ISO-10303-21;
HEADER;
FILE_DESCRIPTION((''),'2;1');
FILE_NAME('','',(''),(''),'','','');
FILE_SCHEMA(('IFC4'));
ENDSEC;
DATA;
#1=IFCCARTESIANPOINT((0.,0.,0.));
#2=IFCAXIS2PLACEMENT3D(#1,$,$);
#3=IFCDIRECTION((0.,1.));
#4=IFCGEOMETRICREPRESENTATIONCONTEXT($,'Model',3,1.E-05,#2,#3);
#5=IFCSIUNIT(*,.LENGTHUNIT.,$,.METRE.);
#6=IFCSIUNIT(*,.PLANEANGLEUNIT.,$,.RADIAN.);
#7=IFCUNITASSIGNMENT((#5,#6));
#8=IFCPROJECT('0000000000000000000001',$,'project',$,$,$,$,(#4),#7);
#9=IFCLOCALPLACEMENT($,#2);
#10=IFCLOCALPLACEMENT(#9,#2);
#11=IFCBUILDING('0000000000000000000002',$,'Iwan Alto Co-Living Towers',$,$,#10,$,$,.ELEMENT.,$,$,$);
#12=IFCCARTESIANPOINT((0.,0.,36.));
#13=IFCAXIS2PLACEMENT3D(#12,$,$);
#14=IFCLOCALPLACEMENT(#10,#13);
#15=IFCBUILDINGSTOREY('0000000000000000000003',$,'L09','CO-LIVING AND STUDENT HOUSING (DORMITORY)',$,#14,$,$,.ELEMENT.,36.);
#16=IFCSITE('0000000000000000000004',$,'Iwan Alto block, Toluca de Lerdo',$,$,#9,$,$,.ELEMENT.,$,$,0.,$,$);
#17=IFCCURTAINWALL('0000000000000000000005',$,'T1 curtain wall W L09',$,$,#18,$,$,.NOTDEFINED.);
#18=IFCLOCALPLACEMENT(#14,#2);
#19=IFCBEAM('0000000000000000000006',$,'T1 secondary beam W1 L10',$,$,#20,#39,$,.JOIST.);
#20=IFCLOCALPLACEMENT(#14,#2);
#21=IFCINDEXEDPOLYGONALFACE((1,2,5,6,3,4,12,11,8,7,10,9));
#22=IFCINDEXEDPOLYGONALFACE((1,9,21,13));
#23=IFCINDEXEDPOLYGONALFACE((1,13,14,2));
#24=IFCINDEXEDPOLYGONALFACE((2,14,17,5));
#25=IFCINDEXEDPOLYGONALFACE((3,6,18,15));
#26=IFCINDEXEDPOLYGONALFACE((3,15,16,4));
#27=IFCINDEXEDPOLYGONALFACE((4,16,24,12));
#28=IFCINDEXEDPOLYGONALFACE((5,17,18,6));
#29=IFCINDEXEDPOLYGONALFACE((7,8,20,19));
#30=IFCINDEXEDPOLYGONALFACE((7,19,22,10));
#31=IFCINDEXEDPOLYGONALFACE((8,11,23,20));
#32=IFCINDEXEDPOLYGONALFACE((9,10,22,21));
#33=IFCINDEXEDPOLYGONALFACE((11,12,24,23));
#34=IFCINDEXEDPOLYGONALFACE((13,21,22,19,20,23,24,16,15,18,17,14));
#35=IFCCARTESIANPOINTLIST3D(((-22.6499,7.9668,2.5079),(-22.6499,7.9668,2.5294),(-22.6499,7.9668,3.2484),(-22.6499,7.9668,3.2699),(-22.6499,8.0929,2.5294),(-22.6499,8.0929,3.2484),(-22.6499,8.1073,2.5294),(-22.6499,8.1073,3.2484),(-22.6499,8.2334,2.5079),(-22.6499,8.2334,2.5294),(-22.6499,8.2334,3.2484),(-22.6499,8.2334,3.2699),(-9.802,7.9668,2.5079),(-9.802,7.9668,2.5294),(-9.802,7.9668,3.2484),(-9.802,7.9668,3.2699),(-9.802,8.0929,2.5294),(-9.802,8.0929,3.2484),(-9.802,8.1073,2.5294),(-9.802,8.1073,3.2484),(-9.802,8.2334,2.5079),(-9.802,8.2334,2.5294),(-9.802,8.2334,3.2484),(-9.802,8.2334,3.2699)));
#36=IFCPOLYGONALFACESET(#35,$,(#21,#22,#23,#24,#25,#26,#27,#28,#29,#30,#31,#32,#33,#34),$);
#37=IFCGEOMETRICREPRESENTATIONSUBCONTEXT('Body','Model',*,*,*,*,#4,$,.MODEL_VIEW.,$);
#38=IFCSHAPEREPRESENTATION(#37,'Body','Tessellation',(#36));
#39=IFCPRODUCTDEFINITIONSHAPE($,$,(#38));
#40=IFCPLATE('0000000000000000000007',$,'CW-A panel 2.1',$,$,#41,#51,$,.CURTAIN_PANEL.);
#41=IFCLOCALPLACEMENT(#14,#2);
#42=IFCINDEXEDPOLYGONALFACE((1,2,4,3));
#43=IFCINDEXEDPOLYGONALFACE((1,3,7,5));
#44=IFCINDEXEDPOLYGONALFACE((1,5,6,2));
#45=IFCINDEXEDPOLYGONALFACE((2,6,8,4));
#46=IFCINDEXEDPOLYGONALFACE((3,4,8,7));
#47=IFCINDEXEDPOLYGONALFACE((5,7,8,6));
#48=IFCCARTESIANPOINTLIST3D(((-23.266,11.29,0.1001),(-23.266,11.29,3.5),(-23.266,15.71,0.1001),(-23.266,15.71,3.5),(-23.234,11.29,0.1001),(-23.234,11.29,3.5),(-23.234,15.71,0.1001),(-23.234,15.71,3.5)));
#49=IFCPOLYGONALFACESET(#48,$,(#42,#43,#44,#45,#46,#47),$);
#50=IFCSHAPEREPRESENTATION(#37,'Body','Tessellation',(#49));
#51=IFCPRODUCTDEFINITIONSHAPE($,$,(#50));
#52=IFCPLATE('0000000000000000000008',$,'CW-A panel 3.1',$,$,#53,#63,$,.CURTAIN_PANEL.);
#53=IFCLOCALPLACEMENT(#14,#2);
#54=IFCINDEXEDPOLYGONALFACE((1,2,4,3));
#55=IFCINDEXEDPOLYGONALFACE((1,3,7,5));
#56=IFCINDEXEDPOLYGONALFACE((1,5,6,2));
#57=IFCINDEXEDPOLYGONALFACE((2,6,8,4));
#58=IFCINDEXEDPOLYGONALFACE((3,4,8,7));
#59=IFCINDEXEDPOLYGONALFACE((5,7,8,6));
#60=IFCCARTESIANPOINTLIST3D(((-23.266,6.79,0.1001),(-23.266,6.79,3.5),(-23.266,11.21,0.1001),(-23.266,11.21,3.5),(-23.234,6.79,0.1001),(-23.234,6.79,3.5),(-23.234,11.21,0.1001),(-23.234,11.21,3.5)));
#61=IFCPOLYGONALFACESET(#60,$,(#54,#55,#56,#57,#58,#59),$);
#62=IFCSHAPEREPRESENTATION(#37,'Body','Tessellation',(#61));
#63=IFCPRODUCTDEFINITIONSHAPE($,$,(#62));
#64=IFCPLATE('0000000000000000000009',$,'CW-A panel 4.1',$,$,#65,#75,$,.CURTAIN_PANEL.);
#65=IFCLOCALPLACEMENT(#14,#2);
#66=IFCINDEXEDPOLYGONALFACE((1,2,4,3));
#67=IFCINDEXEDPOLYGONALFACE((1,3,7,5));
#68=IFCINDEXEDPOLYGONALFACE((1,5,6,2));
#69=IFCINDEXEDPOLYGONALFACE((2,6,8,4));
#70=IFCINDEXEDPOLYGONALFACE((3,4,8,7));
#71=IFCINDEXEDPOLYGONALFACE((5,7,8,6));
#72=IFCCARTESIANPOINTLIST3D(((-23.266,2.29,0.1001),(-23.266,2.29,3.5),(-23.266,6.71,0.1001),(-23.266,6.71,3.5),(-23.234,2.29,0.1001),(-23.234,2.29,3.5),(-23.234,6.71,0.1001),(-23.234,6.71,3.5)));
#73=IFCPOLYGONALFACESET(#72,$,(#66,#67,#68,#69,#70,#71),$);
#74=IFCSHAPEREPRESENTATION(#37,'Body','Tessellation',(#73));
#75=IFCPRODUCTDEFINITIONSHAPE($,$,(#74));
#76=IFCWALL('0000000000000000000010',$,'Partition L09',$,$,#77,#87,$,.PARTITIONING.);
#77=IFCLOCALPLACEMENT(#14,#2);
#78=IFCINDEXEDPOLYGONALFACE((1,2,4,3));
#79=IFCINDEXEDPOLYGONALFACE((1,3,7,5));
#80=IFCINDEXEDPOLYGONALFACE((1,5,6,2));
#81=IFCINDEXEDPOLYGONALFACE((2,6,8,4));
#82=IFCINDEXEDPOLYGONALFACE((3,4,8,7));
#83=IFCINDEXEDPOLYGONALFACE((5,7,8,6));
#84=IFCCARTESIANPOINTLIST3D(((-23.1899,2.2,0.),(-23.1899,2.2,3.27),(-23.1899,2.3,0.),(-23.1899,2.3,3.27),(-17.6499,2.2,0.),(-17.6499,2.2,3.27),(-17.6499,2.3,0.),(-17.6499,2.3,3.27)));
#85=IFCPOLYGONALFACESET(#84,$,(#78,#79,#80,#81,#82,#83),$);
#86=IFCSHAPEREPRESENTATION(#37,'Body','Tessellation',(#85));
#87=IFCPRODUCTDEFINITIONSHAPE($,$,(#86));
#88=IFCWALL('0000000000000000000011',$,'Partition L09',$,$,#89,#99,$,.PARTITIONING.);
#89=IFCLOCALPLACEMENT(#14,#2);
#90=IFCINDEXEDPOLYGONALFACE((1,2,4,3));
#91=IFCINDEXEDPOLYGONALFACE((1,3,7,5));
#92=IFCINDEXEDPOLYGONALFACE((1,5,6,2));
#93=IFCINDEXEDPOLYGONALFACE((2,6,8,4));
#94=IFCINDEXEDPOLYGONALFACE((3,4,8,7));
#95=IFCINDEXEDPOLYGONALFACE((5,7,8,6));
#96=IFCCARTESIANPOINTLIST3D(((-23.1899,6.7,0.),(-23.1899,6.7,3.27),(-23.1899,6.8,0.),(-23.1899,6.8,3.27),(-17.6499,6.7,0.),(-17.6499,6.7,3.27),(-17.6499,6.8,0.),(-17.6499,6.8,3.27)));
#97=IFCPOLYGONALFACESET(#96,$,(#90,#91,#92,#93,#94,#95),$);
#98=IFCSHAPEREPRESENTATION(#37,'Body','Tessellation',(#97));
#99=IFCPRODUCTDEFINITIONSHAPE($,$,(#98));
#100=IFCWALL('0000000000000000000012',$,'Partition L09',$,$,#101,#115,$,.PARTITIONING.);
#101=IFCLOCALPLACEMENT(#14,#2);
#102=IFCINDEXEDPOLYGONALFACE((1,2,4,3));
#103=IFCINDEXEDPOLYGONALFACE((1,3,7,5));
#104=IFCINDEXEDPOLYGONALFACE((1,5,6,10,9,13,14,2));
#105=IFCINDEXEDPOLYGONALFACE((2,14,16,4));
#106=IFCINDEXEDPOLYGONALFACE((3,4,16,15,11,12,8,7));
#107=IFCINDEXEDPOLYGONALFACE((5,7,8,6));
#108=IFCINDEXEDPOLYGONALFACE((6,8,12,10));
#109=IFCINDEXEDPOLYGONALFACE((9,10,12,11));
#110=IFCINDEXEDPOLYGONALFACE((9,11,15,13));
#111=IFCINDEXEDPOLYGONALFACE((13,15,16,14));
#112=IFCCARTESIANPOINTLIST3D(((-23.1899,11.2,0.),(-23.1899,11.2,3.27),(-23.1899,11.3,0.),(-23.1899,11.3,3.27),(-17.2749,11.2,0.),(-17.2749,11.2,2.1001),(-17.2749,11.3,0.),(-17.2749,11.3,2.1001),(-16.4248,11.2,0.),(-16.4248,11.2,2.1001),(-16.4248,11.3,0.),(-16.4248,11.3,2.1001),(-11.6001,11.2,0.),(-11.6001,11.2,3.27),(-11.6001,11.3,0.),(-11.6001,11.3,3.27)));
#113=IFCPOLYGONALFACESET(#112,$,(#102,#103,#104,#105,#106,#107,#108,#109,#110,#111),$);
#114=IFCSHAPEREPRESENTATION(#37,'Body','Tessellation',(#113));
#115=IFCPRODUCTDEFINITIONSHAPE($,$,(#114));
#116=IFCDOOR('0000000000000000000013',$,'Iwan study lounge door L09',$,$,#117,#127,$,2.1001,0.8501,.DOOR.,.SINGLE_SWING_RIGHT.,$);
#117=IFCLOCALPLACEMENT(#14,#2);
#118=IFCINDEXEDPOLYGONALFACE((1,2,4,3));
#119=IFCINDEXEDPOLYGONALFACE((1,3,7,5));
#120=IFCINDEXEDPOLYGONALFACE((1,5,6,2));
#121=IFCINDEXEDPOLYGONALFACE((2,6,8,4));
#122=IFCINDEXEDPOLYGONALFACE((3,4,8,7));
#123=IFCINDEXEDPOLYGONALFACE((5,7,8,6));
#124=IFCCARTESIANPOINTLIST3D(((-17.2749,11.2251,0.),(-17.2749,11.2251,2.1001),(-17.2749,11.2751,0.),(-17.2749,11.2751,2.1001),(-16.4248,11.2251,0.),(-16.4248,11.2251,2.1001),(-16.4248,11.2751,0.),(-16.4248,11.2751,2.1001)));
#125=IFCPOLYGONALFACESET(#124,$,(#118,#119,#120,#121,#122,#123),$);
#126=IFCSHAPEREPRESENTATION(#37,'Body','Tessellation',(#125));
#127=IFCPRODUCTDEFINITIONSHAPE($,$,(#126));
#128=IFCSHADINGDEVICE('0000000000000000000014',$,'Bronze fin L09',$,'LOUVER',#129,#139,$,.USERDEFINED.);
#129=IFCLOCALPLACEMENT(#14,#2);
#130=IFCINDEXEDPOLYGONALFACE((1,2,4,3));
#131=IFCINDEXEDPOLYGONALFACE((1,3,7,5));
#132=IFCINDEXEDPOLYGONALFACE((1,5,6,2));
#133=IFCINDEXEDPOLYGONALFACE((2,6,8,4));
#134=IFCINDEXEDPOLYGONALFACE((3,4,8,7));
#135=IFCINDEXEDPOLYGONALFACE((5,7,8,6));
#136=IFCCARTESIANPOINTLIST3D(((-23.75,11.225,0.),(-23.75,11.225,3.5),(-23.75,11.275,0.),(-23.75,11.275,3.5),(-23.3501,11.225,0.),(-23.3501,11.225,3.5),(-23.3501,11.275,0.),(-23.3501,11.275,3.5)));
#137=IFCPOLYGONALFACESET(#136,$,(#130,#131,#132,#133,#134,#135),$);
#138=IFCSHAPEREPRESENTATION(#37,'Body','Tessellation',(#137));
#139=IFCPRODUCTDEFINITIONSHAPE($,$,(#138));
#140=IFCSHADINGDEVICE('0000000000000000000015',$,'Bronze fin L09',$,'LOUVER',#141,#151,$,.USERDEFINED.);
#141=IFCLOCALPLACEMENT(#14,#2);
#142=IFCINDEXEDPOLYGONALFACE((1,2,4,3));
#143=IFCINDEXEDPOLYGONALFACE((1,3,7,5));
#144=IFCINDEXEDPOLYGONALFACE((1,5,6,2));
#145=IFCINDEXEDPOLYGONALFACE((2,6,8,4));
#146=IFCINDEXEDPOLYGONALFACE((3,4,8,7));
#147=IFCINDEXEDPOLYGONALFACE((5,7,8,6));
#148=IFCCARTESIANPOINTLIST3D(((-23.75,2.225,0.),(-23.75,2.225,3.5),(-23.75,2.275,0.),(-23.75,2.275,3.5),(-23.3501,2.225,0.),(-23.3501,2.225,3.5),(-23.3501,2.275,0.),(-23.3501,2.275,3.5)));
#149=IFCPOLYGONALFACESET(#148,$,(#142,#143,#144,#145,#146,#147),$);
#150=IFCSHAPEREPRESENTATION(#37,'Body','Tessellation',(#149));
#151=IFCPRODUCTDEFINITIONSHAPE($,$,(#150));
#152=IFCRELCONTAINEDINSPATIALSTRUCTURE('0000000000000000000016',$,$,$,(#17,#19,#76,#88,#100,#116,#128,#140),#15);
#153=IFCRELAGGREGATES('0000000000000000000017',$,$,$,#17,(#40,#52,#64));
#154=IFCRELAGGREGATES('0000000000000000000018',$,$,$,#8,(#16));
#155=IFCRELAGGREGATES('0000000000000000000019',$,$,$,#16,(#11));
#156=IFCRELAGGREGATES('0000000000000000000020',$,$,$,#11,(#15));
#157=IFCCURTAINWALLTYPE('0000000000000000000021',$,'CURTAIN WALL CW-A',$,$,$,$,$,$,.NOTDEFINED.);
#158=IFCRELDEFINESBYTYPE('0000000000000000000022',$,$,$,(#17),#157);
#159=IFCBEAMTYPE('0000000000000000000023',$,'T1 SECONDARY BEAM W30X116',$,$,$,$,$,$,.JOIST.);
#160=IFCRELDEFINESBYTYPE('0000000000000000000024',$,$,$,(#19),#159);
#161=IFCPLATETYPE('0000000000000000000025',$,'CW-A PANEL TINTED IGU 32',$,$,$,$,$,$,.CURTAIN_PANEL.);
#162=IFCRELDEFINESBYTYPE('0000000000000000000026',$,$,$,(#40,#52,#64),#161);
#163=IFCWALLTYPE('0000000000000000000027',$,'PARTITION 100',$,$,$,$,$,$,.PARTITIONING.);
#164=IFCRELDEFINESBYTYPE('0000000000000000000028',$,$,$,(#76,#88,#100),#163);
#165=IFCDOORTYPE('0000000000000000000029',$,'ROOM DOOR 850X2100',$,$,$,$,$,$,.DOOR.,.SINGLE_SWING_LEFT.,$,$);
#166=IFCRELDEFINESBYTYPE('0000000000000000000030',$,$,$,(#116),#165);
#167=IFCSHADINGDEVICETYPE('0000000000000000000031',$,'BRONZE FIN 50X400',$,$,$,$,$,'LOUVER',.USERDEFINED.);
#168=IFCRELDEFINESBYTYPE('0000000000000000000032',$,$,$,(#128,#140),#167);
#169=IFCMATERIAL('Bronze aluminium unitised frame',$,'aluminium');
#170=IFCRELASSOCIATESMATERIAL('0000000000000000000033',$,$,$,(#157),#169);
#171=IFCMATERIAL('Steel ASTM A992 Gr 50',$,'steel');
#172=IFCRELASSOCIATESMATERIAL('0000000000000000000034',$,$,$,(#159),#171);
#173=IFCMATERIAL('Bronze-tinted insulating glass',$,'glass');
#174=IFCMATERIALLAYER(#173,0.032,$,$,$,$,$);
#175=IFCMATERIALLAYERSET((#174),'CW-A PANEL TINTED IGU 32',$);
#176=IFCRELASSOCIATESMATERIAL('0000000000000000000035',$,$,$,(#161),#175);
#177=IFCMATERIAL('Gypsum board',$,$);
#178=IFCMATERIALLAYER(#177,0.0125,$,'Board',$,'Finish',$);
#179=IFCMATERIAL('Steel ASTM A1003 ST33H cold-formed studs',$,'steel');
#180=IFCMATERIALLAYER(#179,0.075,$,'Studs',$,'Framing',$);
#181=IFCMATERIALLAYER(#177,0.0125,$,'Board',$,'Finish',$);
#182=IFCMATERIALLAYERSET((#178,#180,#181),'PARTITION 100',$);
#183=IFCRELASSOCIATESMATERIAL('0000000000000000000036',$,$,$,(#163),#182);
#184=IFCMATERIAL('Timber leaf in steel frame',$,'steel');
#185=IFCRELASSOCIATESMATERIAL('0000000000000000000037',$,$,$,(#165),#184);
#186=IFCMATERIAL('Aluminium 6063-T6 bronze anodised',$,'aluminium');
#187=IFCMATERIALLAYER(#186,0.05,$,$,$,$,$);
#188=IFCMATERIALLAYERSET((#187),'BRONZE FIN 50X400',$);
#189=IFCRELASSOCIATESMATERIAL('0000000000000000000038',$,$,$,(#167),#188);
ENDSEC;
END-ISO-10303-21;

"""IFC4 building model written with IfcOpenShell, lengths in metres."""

from ifc_helpers import new_model, si_unit, direction, frame, frame_2d, origin, origin_2d, place, context, subcontext, project, spatial, rectangle, i_section, extrude, material, layer, layer_set, material_profile, profile_set, type_object, element, fill, aggregate, save


model = new_model("IFC4")

# Units and contexts
model_context = context("Model", 3, precision=1e-05, world=origin(), true_north=direction((0.0, 1.0)))
body_context = subcontext(model_context, "Body", "Model", "MODEL_VIEW")
ifc_project = project(units=[si_unit("LENGTHUNIT", "METRE"), si_unit("PLANEANGLEUNIT", "RADIAN")], contexts=[model_context])

# Site, building, storey
site_placement = place(None, origin())
site = spatial("IfcSite", under=ifc_project, at=site_placement, Name="Iwan Alto block, Toluca de Lerdo", CompositionType="ELEMENT", RefElevation=0.0)
building_placement = place(site_placement, origin())
building = spatial("IfcBuilding", under=site, at=building_placement, Name="Iwan Alto Co-Living Towers", CompositionType="ELEMENT")
storey_placement = place(building_placement, frame((0.0, 0.0, 36.0)))
storey = spatial("IfcBuildingStorey", under=building, at=storey_placement, Name="L09", Description="CO-LIVING AND STUDENT HOUSING (DORMITORY)", CompositionType="ELEMENT", Elevation=36.0)

# Curtain wall
ifc_material_1 = material(Name="Bronze aluminium unitised frame", Category="aluminium")
curtain_wall_type = type_object("IfcCurtainWallType", Name="CURTAIN WALL CW-A", PredefinedType="NOTDEFINED", material=ifc_material_1)
curtain_wall_placement = place(storey_placement, origin())
curtain_wall = element("IfcCurtainWall", 1, at=curtain_wall_placement, inside=storey, type_object=curtain_wall_type, Name="T1 curtain wall W L09", PredefinedType="NOTDEFINED")

# Beam
ifc_material_2 = material(Name="Steel ASTM A992 Gr 50", Category="steel")
ifc_material_profile_1 = material_profile(ifc_material_2, i_section(OverallWidth=0.2666, OverallDepth=0.762, WebThickness=0.0144, FlangeThickness=0.0215, at=origin_2d()), Name="W30X116")
ifc_profile_set_1 = profile_set([ifc_material_profile_1], Name="Steel ASTM A992 Gr 50")
beam_type_1 = type_object("IfcBeamType", Name="T1 SECONDARY BEAM W30X116", PredefinedType="JOIST", material=ifc_profile_set_1)
beam_1_placement = place(storey_placement, frame((-22.6499, 8.1001, 2.8889), z_axis=(1.0, 0.0, 0.0), x_axis=(0.0, 1.0, 0.0)))
element("IfcBeam", 2, at=beam_1_placement, inside=storey, type_object=beam_type_1, Name="T1 secondary beam W1 L10", PredefinedType="JOIST", context=body_context, shape_type="SweptSolid", body=[
    extrude(i_section(OverallWidth=0.2666, OverallDepth=0.762, WebThickness=0.0144, FlangeThickness=0.0215, at=origin_2d()), origin(), (0.0, 0.0, 1.0), 12.8479),
])

# Plates
ifc_material_3 = material(Name="Bronze-tinted insulating glass", Category="glass")
ifc_layer_1 = layer(ifc_material_3, 0.032)
ifc_layer_set_1 = layer_set([ifc_layer_1], Name="CW-A PANEL TINTED IGU 32")
plate_type = type_object("IfcPlateType", Name="CW-A PANEL TINTED IGU 32", PredefinedType="CURTAIN_PANEL", material=ifc_layer_set_1)
plate_1_placement = place(storey_placement, frame((-23.25, 13.5, 0.1001), z_axis=(0.0, 0.0, 1.0), x_axis=(0.0, -1.0, 0.0)))
plate_1 = element("IfcPlate", 3, at=plate_1_placement, type_object=plate_type, Name="CW-A panel 2.1", PredefinedType="CURTAIN_PANEL", context=body_context, shape_type="SweptSolid", body=[
    extrude(rectangle(XDim=4.4199, YDim=0.032, at=origin_2d()), origin(), (0.0, 0.0, 1.0), 3.3999),
])
plate_2_placement = place(storey_placement, frame((-23.25, 9.0, 0.1001), z_axis=(0.0, 0.0, 1.0), x_axis=(0.0, -1.0, 0.0)))
plate_2 = element("IfcPlate", 4, at=plate_2_placement, type_object=plate_type, Name="CW-A panel 3.1", PredefinedType="CURTAIN_PANEL", context=body_context, shape_type="SweptSolid", body=[
    extrude(rectangle(XDim=4.4199, YDim=0.032, at=origin_2d()), origin(), (0.0, 0.0, 1.0), 3.3999),
])
plate_3_placement = place(storey_placement, frame((-23.25, 4.5, 0.1001), z_axis=(0.0, 0.0, 1.0), x_axis=(0.0, -1.0, 0.0)))
plate_3 = element("IfcPlate", 5, at=plate_3_placement, type_object=plate_type, Name="CW-A panel 4.1", PredefinedType="CURTAIN_PANEL", context=body_context, shape_type="SweptSolid", body=[
    extrude(rectangle(XDim=4.4199, YDim=0.032, at=origin_2d()), origin(), (0.0, 0.0, 1.0), 3.3999),
])
aggregate(curtain_wall, [plate_1, plate_2, plate_3])

# Walls
ifc_material_4 = material(Name="Gypsum board")
ifc_layer_2 = layer(ifc_material_4, 0.0125, Name="Board", Category="Finish")
ifc_material_5 = material(Name="Steel ASTM A1003 ST33H cold-formed studs", Category="steel")
ifc_layer_3 = layer(ifc_material_5, 0.075, Name="Studs", Category="Framing")
ifc_layer_4 = layer(ifc_material_4, 0.0125, Name="Board", Category="Finish")
ifc_layer_set_2 = layer_set([ifc_layer_2, ifc_layer_3, ifc_layer_4], Name="PARTITION 100")
wall_type = type_object("IfcWallType", Name="PARTITION 100", PredefinedType="PARTITIONING", material=ifc_layer_set_2)
for number, where, z_axis, x_axis, name in (
    (6, (-23.1899, 2.25, 0.0), (0.0, 0.0, 1.0), (1.0, 0.0, 0.0), "Partition L09"),
    (7, (-23.1899, 6.75, 0.0), (0.0, 0.0, 1.0), (1.0, 0.0, 0.0), "Partition L09"),
):
    element("IfcWall", number, at=place(storey_placement, frame(where, z_axis=z_axis, x_axis=x_axis)), inside=storey, type_object=wall_type, Name=name, PredefinedType="PARTITIONING", context=body_context, shape_type="SweptSolid", body=[
        extrude(rectangle(XDim=5.54, YDim=0.1001, at=frame_2d((2.77, 0.0))), origin(), (0.0, 0.0, 1.0), 3.27),
    ])

# Wall, opening, door
wall_placement = place(storey_placement, frame((-23.1899, 11.25, 0.0), z_axis=(0.0, 0.0, 1.0), x_axis=(1.0, 0.0, 0.0)))
wall = element("IfcWall", 8, at=wall_placement, inside=storey, type_object=wall_type, Name="Partition L09", PredefinedType="PARTITIONING", context=body_context, shape_type="SweptSolid", body=[
    extrude(rectangle(XDim=11.5898, YDim=0.1001, at=frame_2d((5.7949, 0.0))), origin(), (0.0, 0.0, 1.0), 3.27),
])
opening_placement = place(wall_placement, frame((5.915, 0.0, 0.0)))
opening = element("IfcOpeningElement", 9, at=opening_placement, cuts=wall, PredefinedType="OPENING", context=body_context, shape_type="SweptSolid", body=[
    extrude(rectangle(XDim=0.8501, YDim=2.1001, at=frame_2d((0.425, 1.05))), frame((0.0, 0.0601, 0.0), z_axis=(0.0, -1.0, 0.0), x_axis=(1.0, 0.0, 0.0)), (0.0, 0.0, 1.0), 0.1201),
])
ifc_material_6 = material(Name="Timber leaf in steel frame", Category="steel")
door_type = type_object("IfcDoorType", Name="ROOM DOOR 850X2100", OperationType="SINGLE_SWING_LEFT", PredefinedType="DOOR", material=ifc_material_6)
door_placement = place(opening_placement, frame((0.8501, 0.0, 0.0), z_axis=(0.0, 0.0, 1.0), x_axis=(-1.0, 0.0, 0.0)))
door = element("IfcDoor", 10, at=door_placement, inside=storey, type_object=door_type, Name="Iwan study lounge door L09", OperationType="SINGLE_SWING_RIGHT", OverallHeight=2.1001, OverallWidth=0.8501, PredefinedType="DOOR", context=body_context, shape_type="SweptSolid", body=[
    extrude(rectangle(XDim=0.8501, YDim=2.1001, at=frame_2d((0.425, 1.05))), frame((0.0, 0.0249, 0.0), z_axis=(0.0, -1.0, 0.0), x_axis=(1.0, 0.0, 0.0)), (0.0, 0.0, 1.0), 0.05),
])
fill(opening, door)

# Shading devices
ifc_material_7 = material(Name="Aluminium 6063-T6 bronze anodised", Category="aluminium")
ifc_layer_5 = layer(ifc_material_7, 0.05)
ifc_layer_set_3 = layer_set([ifc_layer_5], Name="BRONZE FIN 50X400")
shading_device_type = type_object("IfcShadingDeviceType", Name="BRONZE FIN 50X400", ElementType="LOUVER", PredefinedType="USERDEFINED", material=ifc_layer_set_3)
for number, where, z_axis, x_axis, name in (
    (11, (-23.55, 11.25, 0.0), (0.0, 0.0, 1.0), (0.0, -1.0, 0.0), "Bronze fin L09"),
    (12, (-23.55, 2.25, 0.0), (0.0, 0.0, 1.0), (0.0, -1.0, 0.0), "Bronze fin L09"),
):
    element("IfcShadingDevice", number, at=place(storey_placement, frame(where, z_axis=z_axis, x_axis=x_axis)), inside=storey, type_object=shading_device_type, Name=name, ObjectType="LOUVER", PredefinedType="USERDEFINED", context=body_context, shape_type="SweptSolid", body=[
        extrude(rectangle(XDim=0.05, YDim=0.3999, at=origin_2d()), origin(), (0.0, 0.0, 1.0), 3.5),
    ])

save(model, "model.ifc")
